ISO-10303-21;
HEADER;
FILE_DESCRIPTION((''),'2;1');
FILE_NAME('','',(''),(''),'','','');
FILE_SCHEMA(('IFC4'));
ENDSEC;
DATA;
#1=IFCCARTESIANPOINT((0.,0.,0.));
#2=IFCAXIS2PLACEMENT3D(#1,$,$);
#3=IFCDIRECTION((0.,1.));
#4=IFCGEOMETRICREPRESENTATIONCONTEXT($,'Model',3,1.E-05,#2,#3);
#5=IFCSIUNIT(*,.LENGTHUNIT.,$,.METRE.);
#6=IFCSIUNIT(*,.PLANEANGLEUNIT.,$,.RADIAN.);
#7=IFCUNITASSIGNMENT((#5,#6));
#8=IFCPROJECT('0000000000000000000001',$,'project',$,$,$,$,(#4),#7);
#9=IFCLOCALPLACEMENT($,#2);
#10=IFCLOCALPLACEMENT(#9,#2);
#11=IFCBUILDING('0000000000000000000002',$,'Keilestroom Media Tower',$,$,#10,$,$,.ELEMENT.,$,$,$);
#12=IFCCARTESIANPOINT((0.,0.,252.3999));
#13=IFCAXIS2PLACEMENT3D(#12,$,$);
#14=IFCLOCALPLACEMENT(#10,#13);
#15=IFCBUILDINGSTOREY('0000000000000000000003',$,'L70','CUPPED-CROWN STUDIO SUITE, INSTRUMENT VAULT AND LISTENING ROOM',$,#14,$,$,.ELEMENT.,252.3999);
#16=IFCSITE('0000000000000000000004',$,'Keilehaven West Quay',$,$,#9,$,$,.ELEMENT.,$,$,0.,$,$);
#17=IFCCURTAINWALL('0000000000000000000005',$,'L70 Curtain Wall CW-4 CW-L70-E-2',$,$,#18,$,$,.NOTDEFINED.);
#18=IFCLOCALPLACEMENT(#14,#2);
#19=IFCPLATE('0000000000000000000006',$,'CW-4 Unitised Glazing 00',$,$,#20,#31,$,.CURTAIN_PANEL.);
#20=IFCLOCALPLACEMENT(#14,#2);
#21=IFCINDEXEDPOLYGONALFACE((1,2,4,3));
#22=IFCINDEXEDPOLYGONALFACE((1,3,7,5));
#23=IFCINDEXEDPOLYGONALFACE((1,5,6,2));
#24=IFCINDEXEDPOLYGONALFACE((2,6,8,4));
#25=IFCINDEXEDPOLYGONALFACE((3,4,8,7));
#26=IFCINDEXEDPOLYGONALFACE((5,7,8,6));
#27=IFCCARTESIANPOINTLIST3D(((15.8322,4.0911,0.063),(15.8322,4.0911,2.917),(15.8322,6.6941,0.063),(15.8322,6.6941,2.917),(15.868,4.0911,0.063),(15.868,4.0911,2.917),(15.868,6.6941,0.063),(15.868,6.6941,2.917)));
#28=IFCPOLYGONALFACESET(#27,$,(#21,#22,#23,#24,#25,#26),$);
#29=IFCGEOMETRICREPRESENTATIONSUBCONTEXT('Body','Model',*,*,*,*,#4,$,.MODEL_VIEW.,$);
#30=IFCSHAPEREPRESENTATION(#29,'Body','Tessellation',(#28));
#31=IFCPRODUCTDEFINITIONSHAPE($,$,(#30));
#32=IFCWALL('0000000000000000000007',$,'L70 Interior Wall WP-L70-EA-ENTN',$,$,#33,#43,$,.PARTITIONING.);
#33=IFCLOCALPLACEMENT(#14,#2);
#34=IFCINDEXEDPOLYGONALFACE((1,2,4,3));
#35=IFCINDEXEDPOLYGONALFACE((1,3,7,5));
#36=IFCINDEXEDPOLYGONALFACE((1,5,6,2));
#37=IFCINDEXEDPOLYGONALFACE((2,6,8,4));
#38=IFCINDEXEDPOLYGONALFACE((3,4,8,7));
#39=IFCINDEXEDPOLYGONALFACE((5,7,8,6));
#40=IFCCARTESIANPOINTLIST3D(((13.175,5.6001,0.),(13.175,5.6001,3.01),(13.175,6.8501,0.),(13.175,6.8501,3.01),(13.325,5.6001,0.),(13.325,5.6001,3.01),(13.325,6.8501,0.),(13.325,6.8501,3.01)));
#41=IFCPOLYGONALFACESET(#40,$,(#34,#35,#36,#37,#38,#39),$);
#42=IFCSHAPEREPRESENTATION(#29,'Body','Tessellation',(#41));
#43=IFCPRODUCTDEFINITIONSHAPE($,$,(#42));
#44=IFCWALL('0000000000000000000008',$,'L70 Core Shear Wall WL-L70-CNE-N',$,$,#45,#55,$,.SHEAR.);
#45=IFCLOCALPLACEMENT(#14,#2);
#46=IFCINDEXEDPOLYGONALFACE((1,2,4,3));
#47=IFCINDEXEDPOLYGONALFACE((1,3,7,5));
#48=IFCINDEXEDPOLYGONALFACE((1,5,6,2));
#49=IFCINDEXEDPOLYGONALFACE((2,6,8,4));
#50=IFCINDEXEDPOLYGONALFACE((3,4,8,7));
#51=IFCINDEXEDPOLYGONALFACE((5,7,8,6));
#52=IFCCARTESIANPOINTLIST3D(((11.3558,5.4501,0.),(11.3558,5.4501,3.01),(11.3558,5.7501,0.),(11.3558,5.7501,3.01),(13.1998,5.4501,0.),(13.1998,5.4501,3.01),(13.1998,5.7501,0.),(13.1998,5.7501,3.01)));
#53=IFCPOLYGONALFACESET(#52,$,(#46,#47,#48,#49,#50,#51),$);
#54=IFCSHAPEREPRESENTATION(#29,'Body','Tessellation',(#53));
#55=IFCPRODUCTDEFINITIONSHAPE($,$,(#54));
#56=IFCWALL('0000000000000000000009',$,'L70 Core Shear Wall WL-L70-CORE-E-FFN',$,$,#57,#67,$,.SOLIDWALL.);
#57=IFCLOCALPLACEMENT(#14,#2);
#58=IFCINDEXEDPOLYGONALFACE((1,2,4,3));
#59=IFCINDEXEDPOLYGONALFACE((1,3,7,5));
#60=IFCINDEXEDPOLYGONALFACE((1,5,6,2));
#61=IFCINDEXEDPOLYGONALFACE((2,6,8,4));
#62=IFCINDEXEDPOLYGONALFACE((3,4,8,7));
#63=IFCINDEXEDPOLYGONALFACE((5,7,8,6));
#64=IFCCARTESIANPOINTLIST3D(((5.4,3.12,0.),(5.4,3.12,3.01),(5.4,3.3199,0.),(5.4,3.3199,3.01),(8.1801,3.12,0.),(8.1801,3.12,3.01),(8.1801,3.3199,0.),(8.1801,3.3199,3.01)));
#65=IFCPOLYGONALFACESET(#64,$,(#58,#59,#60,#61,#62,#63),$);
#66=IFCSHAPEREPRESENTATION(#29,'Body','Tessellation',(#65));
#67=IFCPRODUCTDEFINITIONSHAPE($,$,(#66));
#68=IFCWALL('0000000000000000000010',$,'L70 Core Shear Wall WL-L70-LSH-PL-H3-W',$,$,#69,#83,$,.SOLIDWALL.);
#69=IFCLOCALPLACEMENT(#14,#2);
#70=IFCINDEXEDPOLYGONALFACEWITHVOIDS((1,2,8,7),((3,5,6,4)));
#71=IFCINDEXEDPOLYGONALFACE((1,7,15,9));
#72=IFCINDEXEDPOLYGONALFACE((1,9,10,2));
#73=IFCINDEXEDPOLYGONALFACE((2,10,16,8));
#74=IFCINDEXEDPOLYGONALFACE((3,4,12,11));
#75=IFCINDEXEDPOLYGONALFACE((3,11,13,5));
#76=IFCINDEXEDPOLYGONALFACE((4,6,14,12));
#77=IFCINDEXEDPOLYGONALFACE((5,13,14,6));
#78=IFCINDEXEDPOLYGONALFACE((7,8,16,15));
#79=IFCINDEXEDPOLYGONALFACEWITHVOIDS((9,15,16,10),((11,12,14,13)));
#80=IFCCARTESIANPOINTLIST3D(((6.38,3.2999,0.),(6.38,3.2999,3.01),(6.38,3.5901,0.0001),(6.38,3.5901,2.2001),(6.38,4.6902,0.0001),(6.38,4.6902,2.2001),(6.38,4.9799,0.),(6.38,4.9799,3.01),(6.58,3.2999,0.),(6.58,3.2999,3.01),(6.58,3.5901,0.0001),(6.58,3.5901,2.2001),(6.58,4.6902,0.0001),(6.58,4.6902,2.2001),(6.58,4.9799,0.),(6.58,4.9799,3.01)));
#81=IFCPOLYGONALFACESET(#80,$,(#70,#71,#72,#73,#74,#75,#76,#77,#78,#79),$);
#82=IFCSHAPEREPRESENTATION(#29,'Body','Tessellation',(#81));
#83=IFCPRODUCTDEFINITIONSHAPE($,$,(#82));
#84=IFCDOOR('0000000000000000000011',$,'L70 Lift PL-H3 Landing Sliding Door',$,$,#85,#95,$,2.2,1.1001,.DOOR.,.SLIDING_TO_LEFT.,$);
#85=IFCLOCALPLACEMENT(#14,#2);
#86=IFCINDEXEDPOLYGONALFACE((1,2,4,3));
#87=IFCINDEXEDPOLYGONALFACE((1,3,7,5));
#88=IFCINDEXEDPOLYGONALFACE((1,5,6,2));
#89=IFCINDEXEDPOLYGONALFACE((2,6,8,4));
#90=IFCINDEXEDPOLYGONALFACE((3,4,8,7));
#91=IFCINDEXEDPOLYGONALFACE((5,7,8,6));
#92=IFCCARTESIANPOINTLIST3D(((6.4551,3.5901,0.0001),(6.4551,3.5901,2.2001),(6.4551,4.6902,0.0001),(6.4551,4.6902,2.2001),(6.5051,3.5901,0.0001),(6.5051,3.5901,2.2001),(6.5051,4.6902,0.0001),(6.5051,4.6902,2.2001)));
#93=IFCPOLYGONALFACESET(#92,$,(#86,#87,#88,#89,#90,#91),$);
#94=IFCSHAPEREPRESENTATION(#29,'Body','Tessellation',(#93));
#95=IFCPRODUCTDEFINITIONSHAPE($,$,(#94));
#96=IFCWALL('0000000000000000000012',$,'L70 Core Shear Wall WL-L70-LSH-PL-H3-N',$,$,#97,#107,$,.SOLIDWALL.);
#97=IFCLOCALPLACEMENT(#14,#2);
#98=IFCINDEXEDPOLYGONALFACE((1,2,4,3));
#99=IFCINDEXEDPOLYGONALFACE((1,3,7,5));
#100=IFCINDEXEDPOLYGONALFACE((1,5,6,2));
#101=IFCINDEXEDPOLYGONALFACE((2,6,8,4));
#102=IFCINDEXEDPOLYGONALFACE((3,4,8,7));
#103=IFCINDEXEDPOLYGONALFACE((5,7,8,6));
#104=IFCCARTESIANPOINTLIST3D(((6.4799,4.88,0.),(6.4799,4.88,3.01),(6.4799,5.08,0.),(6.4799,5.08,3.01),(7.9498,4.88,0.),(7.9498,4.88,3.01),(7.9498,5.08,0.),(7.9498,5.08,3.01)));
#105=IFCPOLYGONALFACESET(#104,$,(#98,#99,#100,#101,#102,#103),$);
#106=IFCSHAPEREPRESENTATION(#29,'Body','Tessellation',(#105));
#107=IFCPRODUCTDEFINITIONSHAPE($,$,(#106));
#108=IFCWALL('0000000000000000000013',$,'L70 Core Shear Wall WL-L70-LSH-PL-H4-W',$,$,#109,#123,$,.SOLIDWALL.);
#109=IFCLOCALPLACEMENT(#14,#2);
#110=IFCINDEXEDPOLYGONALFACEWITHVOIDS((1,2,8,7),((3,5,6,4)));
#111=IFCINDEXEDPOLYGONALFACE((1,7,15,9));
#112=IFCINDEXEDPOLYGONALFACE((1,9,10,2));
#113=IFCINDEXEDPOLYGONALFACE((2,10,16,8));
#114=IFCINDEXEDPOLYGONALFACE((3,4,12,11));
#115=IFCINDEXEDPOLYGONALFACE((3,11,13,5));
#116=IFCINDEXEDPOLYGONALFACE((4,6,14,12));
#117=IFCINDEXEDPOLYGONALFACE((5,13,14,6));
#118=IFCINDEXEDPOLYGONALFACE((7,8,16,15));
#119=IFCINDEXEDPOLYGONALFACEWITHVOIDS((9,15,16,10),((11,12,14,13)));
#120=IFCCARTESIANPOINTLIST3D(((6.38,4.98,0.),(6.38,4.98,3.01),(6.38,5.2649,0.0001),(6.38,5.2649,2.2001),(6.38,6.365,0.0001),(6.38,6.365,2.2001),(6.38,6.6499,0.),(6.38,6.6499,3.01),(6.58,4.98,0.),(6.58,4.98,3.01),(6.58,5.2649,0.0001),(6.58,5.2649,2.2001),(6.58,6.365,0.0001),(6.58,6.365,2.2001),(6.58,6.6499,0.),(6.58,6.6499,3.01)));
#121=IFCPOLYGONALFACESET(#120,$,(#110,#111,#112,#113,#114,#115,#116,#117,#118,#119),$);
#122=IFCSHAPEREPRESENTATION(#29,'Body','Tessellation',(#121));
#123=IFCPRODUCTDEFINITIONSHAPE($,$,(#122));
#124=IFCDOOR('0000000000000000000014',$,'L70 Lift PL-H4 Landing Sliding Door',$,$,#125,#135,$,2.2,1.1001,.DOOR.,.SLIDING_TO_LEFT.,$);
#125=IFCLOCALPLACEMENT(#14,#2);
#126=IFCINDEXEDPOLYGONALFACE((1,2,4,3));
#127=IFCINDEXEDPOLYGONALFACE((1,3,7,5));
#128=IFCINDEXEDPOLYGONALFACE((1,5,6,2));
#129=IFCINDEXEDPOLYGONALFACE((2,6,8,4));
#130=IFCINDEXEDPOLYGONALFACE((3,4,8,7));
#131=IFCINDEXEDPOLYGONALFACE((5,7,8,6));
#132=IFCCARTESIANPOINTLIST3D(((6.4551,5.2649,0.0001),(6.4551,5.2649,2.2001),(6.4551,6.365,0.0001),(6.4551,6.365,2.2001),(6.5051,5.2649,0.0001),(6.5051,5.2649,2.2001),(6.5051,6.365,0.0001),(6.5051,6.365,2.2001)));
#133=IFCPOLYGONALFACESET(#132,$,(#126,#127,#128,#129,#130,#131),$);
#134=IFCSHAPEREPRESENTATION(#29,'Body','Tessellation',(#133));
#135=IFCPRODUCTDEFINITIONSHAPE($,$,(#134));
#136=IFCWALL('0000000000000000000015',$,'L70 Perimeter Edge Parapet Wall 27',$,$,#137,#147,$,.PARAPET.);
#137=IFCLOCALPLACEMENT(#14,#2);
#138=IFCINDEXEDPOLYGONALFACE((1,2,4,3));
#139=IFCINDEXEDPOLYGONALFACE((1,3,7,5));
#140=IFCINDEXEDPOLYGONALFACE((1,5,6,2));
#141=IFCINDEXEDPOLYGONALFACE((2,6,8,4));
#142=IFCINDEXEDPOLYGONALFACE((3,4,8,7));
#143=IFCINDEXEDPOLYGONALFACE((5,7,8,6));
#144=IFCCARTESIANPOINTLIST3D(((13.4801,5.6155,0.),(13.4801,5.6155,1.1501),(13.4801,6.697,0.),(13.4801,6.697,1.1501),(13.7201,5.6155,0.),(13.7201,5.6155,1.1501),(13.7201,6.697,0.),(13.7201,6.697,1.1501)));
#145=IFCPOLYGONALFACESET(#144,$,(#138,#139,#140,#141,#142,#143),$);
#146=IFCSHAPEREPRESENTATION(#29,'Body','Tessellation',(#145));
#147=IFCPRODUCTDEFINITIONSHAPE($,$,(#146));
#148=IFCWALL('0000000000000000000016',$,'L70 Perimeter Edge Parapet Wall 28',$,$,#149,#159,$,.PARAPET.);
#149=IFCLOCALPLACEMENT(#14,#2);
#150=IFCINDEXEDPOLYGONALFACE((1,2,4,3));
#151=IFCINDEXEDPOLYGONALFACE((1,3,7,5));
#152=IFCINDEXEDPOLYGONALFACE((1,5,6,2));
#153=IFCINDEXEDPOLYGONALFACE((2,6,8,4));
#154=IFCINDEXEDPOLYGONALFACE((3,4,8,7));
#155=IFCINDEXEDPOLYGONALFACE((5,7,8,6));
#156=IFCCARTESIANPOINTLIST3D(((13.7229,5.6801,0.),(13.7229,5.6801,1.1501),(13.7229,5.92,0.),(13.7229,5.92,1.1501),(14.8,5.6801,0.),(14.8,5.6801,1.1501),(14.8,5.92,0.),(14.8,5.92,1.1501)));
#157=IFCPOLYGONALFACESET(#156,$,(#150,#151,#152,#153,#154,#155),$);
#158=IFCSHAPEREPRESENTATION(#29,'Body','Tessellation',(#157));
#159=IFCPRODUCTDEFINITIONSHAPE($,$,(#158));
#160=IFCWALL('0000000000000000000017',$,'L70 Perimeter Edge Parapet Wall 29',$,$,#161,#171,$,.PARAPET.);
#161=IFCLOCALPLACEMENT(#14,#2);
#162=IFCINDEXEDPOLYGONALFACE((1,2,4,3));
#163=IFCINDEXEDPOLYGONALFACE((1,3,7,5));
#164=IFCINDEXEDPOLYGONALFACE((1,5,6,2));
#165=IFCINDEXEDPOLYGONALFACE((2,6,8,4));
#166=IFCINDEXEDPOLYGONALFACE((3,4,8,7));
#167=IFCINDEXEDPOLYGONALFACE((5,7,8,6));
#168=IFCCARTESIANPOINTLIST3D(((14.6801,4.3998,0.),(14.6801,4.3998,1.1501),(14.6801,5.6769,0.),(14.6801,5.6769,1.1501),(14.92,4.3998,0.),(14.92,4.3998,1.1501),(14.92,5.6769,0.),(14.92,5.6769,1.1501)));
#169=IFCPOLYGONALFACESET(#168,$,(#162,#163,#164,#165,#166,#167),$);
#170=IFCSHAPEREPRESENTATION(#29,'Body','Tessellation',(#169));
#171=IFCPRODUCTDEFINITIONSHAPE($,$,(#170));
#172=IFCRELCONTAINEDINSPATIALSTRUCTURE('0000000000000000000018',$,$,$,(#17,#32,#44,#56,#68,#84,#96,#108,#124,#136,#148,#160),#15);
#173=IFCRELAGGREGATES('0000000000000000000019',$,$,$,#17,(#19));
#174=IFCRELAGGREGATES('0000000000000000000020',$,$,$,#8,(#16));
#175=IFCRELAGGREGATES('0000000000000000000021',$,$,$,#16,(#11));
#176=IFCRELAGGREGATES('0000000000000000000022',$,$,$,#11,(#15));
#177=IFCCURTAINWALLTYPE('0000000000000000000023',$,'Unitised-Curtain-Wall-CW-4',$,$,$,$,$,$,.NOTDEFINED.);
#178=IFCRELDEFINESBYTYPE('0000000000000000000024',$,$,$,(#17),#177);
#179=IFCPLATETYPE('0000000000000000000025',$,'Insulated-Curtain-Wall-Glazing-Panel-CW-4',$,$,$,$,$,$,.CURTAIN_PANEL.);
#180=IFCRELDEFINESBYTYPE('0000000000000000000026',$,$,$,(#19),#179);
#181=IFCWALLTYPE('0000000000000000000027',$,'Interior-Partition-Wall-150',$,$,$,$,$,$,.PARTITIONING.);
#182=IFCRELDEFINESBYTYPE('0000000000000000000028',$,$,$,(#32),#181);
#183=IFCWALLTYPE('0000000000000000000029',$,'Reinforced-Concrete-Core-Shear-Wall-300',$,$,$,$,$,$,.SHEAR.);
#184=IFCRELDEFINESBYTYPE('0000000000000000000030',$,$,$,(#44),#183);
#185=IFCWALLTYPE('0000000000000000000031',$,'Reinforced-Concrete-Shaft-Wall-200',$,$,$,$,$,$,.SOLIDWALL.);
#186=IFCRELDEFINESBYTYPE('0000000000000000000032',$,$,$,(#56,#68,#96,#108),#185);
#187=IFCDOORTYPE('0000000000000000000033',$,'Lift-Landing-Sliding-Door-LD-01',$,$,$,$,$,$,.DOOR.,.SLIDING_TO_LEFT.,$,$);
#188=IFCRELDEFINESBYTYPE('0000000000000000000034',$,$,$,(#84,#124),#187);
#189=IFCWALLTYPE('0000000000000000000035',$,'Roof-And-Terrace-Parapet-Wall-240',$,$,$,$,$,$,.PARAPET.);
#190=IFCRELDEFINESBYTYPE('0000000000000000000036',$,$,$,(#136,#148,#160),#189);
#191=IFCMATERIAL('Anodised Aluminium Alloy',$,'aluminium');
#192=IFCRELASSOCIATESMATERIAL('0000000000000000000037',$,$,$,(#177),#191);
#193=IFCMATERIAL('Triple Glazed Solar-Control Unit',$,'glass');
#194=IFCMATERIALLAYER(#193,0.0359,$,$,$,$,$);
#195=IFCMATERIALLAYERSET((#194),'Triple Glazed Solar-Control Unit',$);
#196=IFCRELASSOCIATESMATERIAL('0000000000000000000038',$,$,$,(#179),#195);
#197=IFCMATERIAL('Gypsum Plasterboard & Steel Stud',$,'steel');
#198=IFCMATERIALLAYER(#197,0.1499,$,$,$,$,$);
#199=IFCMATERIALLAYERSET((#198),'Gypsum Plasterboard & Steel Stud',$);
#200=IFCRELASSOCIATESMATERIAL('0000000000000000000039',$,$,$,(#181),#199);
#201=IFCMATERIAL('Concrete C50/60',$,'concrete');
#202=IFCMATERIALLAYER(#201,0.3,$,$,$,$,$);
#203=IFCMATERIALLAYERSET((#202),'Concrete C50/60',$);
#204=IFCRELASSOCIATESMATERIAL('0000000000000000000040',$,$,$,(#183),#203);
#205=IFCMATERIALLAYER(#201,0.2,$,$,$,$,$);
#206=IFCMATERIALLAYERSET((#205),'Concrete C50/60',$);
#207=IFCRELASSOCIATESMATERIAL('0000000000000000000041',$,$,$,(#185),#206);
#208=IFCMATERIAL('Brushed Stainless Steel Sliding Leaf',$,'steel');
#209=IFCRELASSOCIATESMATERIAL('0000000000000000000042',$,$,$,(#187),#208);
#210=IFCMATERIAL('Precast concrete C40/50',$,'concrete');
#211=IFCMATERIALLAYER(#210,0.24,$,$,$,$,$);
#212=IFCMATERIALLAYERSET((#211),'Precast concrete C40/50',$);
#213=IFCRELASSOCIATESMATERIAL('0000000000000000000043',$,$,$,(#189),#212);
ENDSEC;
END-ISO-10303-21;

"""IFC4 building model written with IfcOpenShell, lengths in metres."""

from ifc_helpers import new_model, si_unit, direction, frame, frame_2d, origin, origin_2d, place, context, subcontext, project, spatial, rectangle, extrude, source, transform, mapped, material, layer, layer_set, type_object, element, fill, aggregate, save


model = new_model("IFC4")

# Units and contexts
model_context = context("Model", 3, precision=1e-05, world=origin(), true_north=direction((0.0, 1.0)))
body_context = subcontext(model_context, "Body", "Model", "MODEL_VIEW")
ifc_project = project(units=[si_unit("LENGTHUNIT", "METRE"), si_unit("PLANEANGLEUNIT", "RADIAN")], contexts=[model_context])

# Site, building, storey
site_placement = place(None, origin())
site = spatial("IfcSite", under=ifc_project, at=site_placement, Name="Keilehaven West Quay", CompositionType="ELEMENT", RefElevation=0.0)
building_placement = place(site_placement, origin())
building = spatial("IfcBuilding", under=site, at=building_placement, Name="Keilestroom Media Tower", CompositionType="ELEMENT")
storey_placement = place(building_placement, frame((0.0, 0.0, 252.3999)))
storey = spatial("IfcBuildingStorey", under=building, at=storey_placement, Name="L70", Description="CUPPED-CROWN STUDIO SUITE, INSTRUMENT VAULT AND LISTENING ROOM", CompositionType="ELEMENT", Elevation=252.3999)

# Shared definitions
ifc_material_1 = material(Name="Precast concrete C40/50", Category="concrete")

# Curtain wall
ifc_material_2 = material(Name="Anodised Aluminium Alloy", Category="aluminium")
curtain_wall_type = type_object("IfcCurtainWallType", Name="Unitised-Curtain-Wall-CW-4", PredefinedType="NOTDEFINED", material=ifc_material_2)
curtain_wall_placement = place(storey_placement, origin())
curtain_wall = element("IfcCurtainWall", 1, at=curtain_wall_placement, inside=storey, type_object=curtain_wall_type, Name="L70 Curtain Wall CW-4 CW-L70-E-2", PredefinedType="NOTDEFINED")

# Plate
ifc_material_3 = material(Name="Triple Glazed Solar-Control Unit", Category="glass")
ifc_layer_1 = layer(ifc_material_3, 0.0359)
ifc_layer_set_1 = layer_set([ifc_layer_1], Name="Triple Glazed Solar-Control Unit")
plate_type = type_object("IfcPlateType", Name="Insulated-Curtain-Wall-Glazing-Panel-CW-4", PredefinedType="CURTAIN_PANEL", material=ifc_layer_set_1)
shared_shape_1 = source(origin(), body_context, "Body", "SweptSolid", [
    extrude(rectangle(XDim=2.603, YDim=0.0359, at=origin_2d()), origin(), (0.0, 0.0, 1.0), 2.854),
])
plate_placement = place(storey_placement, frame((15.8501, 5.3926, 0.063), z_axis=(0.0, 0.0, 1.0), x_axis=(0.0, 1.0, 0.0)))
plate = element("IfcPlate", 2, at=plate_placement, type_object=plate_type, Name="CW-4 Unitised Glazing 00", PredefinedType="CURTAIN_PANEL", context=body_context, shape_type="MappedRepresentation", body=[
    mapped(shared_shape_1, transform((0.0, 0.0, 0.0), x_axis=(1.0, 0.0, 0.0), y_axis=(0.0, 1.0, 0.0), z_axis=(0.0, 0.0, 1.0), scale=1.0)),
])
aggregate(curtain_wall, [plate])

# Walls
ifc_material_4 = material(Name="Gypsum Plasterboard & Steel Stud", Category="steel")
ifc_layer_2 = layer(ifc_material_4, 0.1499)
ifc_layer_set_2 = layer_set([ifc_layer_2], Name="Gypsum Plasterboard & Steel Stud")
wall_type_1 = type_object("IfcWallType", Name="Interior-Partition-Wall-150", PredefinedType="PARTITIONING", material=ifc_layer_set_2)
wall_1_placement = place(storey_placement, frame((13.25, 5.6001, 0.0), z_axis=(0.0, 0.0, 1.0), x_axis=(0.0, 1.0, 0.0)))
element("IfcWall", 3, at=wall_1_placement, inside=storey, type_object=wall_type_1, Name="L70 Interior Wall WP-L70-EA-ENTN", PredefinedType="PARTITIONING", context=body_context, shape_type="SweptSolid", body=[
    extrude(rectangle(XDim=1.25, YDim=0.1499, at=frame_2d((0.625, 0.0))), origin(), (0.0, 0.0, 1.0), 3.01),
])
ifc_material_5 = material(Name="Concrete C50/60", Category="concrete")
ifc_layer_3 = layer(ifc_material_5, 0.3)
ifc_layer_set_3 = layer_set([ifc_layer_3], Name="Concrete C50/60")
wall_type_2 = type_object("IfcWallType", Name="Reinforced-Concrete-Core-Shear-Wall-300", PredefinedType="SHEAR", material=ifc_layer_set_3)
wall_2_placement = place(storey_placement, frame((11.356, 5.6001, 0.0), z_axis=(0.0, 0.0, 1.0), x_axis=(1.0, 0.0, 0.0)))
element("IfcWall", 4, at=wall_2_placement, inside=storey, type_object=wall_type_2, Name="L70 Core Shear Wall WL-L70-CNE-N", PredefinedType="SHEAR", context=body_context, shape_type="SweptSolid", body=[
    extrude(rectangle(XDim=1.844, YDim=0.3, at=frame_2d((0.9219, 0.0))), origin(), (0.0, 0.0, 1.0), 3.01),
])
ifc_layer_4 = layer(ifc_material_5, 0.2)
ifc_layer_set_4 = layer_set([ifc_layer_4], Name="Concrete C50/60")
wall_type_3 = type_object("IfcWallType", Name="Reinforced-Concrete-Shaft-Wall-200", PredefinedType="SOLIDWALL", material=ifc_layer_set_4)
wall_3_placement = place(storey_placement, frame((5.3999, 3.22, 0.0), z_axis=(0.0, 0.0, 1.0), x_axis=(1.0, 0.0, 0.0)))
element("IfcWall", 5, at=wall_3_placement, inside=storey, type_object=wall_type_3, Name="L70 Core Shear Wall WL-L70-CORE-E-FFN", PredefinedType="SOLIDWALL", context=body_context, shape_type="SweptSolid", body=[
    extrude(rectangle(XDim=2.78, YDim=0.2, at=frame_2d((1.3901, 0.0))), origin(), (0.0, 0.0, 1.0), 3.01),
])

# Wall, opening, door
wall_4_placement = place(storey_placement, frame((6.48, 3.3, 0.0), z_axis=(0.0, 0.0, 1.0), x_axis=(0.0, 1.0, 0.0)))
wall_4 = element("IfcWall", 6, at=wall_4_placement, inside=storey, type_object=wall_type_3, Name="L70 Core Shear Wall WL-L70-LSH-PL-H3-W", PredefinedType="SOLIDWALL", context=body_context, shape_type="SweptSolid", body=[
    extrude(rectangle(XDim=1.6799, YDim=0.2, at=frame_2d((0.8398, 0.0))), origin(), (0.0, 0.0, 1.0), 3.01),
])
opening_1_placement = place(wall_4_placement, frame((0.29, 0.0, 0.0)))
opening_1 = element("IfcOpeningElement", 7, at=opening_1_placement, cuts=wall_4, PredefinedType="OPENING", context=body_context, shape_type="SweptSolid", body=[
    extrude(rectangle(XDim=1.1001, YDim=2.2, at=frame_2d((0.55, 1.1001))), frame((0.0, 0.1099, 0.0), z_axis=(0.0, -1.0, 0.0), x_axis=(1.0, 0.0, 0.0)), (0.0, 0.0, 1.0), 0.22),
])
ifc_material_6 = material(Name="Brushed Stainless Steel Sliding Leaf", Category="steel")
door_type = type_object("IfcDoorType", Name="Lift-Landing-Sliding-Door-LD-01", OperationType="SLIDING_TO_LEFT", PredefinedType="DOOR", material=ifc_material_6)
shared_shape_2 = source(origin(), body_context, "Body", "SweptSolid", [
    extrude(rectangle(XDim=1.1001, YDim=2.2, at=frame_2d((0.55, 1.1001))), frame((0.0, 0.0249, 0.0), z_axis=(0.0, -1.0, 0.0), x_axis=(1.0, 0.0, 0.0)), (0.0, 0.0, 1.0), 0.05),
])
door_1_placement = place(opening_1_placement, origin())
door_1 = element("IfcDoor", 8, at=door_1_placement, inside=storey, type_object=door_type, Name="L70 Lift PL-H3 Landing Sliding Door", OperationType="SLIDING_TO_LEFT", OverallHeight=2.2, OverallWidth=1.1001, PredefinedType="DOOR", context=body_context, shape_type="MappedRepresentation", body=[
    mapped(shared_shape_2, transform((0.0, 0.0, 0.0), x_axis=(1.0, 0.0, 0.0), y_axis=(0.0, 1.0, 0.0), z_axis=(0.0, 0.0, 1.0), scale=1.0)),
])
fill(opening_1, door_1)

# Wall
wall_5_placement = place(storey_placement, frame((6.48, 4.98, 0.0), z_axis=(0.0, 0.0, 1.0), x_axis=(1.0, 0.0, 0.0)))
element("IfcWall", 9, at=wall_5_placement, inside=storey, type_object=wall_type_3, Name="L70 Core Shear Wall WL-L70-LSH-PL-H3-N", PredefinedType="SOLIDWALL", context=body_context, shape_type="SweptSolid", body=[
    extrude(rectangle(XDim=1.47, YDim=0.2, at=frame_2d((0.7349, 0.0))), origin(), (0.0, 0.0, 1.0), 3.01),
])

# Wall, opening, door
wall_6_placement = place(storey_placement, frame((6.48, 4.98, 0.0), z_axis=(0.0, 0.0, 1.0), x_axis=(0.0, 1.0, 0.0)))
wall_6 = element("IfcWall", 10, at=wall_6_placement, inside=storey, type_object=wall_type_3, Name="L70 Core Shear Wall WL-L70-LSH-PL-H4-W", PredefinedType="SOLIDWALL", context=body_context, shape_type="SweptSolid", body=[
    extrude(rectangle(XDim=1.6699, YDim=0.2, at=frame_2d((0.835, 0.0))), origin(), (0.0, 0.0, 1.0), 3.01),
])
opening_2_placement = place(wall_6_placement, frame((0.2849, 0.0, 0.0)))
opening_2 = element("IfcOpeningElement", 11, at=opening_2_placement, cuts=wall_6, PredefinedType="OPENING", context=body_context, shape_type="SweptSolid", body=[
    extrude(rectangle(XDim=1.1001, YDim=2.2, at=frame_2d((0.55, 1.1001))), frame((0.0, 0.1099, 0.0), z_axis=(0.0, -1.0, 0.0), x_axis=(1.0, 0.0, 0.0)), (0.0, 0.0, 1.0), 0.22),
])
door_2_placement = place(opening_2_placement, origin())
door_2 = element("IfcDoor", 12, at=door_2_placement, inside=storey, type_object=door_type, Name="L70 Lift PL-H4 Landing Sliding Door", OperationType="SLIDING_TO_LEFT", OverallHeight=2.2, OverallWidth=1.1001, PredefinedType="DOOR", context=body_context, shape_type="MappedRepresentation", body=[
    mapped(shared_shape_2, transform((0.0, 0.0, 0.0), x_axis=(1.0, 0.0, 0.0), y_axis=(0.0, 1.0, 0.0), z_axis=(0.0, 0.0, 1.0), scale=1.0)),
])
fill(opening_2, door_2)

# Walls
ifc_layer_5 = layer(ifc_material_1, 0.24)
ifc_layer_set_5 = layer_set([ifc_layer_5], Name="Precast concrete C40/50")
wall_type_4 = type_object("IfcWallType", Name="Roof-And-Terrace-Parapet-Wall-240", PredefinedType="PARAPET", material=ifc_layer_set_5)
wall_7_placement = place(storey_placement, frame((13.6001, 6.697, 0.0), z_axis=(0.0, 0.0, 1.0), x_axis=(0.0, -1.0, 0.0)))
element("IfcWall", 13, at=wall_7_placement, inside=storey, type_object=wall_type_4, Name="L70 Perimeter Edge Parapet Wall 27", PredefinedType="PARAPET", context=body_context, shape_type="SweptSolid", body=[
    extrude(rectangle(XDim=1.0815, YDim=0.24, at=frame_2d((0.5408, 0.0))), origin(), (0.0, 0.0, 1.0), 1.1501),
])
wall_8_placement = place(storey_placement, frame((13.7229, 5.8, 0.0), z_axis=(0.0, 0.0, 1.0), x_axis=(1.0, 0.0, 0.0)))
element("IfcWall", 14, at=wall_8_placement, inside=storey, type_object=wall_type_4, Name="L70 Perimeter Edge Parapet Wall 28", PredefinedType="PARAPET", context=body_context, shape_type="SweptSolid", body=[
    extrude(rectangle(XDim=1.0771, YDim=0.24, at=frame_2d((0.5386, 0.0))), origin(), (0.0, 0.0, 1.0), 1.1501),
])
wall_9_placement = place(storey_placement, frame((14.8, 5.677, 0.0), z_axis=(0.0, 0.0, 1.0), x_axis=(0.0, -1.0, 0.0)))
element("IfcWall", 15, at=wall_9_placement, inside=storey, type_object=wall_type_4, Name="L70 Perimeter Edge Parapet Wall 29", PredefinedType="PARAPET", context=body_context, shape_type="SweptSolid", body=[
    extrude(rectangle(XDim=1.2771, YDim=0.24, at=frame_2d((0.6387, 0.0))), origin(), (0.0, 0.0, 1.0), 1.1501),
])

save(model, "model.ifc")
